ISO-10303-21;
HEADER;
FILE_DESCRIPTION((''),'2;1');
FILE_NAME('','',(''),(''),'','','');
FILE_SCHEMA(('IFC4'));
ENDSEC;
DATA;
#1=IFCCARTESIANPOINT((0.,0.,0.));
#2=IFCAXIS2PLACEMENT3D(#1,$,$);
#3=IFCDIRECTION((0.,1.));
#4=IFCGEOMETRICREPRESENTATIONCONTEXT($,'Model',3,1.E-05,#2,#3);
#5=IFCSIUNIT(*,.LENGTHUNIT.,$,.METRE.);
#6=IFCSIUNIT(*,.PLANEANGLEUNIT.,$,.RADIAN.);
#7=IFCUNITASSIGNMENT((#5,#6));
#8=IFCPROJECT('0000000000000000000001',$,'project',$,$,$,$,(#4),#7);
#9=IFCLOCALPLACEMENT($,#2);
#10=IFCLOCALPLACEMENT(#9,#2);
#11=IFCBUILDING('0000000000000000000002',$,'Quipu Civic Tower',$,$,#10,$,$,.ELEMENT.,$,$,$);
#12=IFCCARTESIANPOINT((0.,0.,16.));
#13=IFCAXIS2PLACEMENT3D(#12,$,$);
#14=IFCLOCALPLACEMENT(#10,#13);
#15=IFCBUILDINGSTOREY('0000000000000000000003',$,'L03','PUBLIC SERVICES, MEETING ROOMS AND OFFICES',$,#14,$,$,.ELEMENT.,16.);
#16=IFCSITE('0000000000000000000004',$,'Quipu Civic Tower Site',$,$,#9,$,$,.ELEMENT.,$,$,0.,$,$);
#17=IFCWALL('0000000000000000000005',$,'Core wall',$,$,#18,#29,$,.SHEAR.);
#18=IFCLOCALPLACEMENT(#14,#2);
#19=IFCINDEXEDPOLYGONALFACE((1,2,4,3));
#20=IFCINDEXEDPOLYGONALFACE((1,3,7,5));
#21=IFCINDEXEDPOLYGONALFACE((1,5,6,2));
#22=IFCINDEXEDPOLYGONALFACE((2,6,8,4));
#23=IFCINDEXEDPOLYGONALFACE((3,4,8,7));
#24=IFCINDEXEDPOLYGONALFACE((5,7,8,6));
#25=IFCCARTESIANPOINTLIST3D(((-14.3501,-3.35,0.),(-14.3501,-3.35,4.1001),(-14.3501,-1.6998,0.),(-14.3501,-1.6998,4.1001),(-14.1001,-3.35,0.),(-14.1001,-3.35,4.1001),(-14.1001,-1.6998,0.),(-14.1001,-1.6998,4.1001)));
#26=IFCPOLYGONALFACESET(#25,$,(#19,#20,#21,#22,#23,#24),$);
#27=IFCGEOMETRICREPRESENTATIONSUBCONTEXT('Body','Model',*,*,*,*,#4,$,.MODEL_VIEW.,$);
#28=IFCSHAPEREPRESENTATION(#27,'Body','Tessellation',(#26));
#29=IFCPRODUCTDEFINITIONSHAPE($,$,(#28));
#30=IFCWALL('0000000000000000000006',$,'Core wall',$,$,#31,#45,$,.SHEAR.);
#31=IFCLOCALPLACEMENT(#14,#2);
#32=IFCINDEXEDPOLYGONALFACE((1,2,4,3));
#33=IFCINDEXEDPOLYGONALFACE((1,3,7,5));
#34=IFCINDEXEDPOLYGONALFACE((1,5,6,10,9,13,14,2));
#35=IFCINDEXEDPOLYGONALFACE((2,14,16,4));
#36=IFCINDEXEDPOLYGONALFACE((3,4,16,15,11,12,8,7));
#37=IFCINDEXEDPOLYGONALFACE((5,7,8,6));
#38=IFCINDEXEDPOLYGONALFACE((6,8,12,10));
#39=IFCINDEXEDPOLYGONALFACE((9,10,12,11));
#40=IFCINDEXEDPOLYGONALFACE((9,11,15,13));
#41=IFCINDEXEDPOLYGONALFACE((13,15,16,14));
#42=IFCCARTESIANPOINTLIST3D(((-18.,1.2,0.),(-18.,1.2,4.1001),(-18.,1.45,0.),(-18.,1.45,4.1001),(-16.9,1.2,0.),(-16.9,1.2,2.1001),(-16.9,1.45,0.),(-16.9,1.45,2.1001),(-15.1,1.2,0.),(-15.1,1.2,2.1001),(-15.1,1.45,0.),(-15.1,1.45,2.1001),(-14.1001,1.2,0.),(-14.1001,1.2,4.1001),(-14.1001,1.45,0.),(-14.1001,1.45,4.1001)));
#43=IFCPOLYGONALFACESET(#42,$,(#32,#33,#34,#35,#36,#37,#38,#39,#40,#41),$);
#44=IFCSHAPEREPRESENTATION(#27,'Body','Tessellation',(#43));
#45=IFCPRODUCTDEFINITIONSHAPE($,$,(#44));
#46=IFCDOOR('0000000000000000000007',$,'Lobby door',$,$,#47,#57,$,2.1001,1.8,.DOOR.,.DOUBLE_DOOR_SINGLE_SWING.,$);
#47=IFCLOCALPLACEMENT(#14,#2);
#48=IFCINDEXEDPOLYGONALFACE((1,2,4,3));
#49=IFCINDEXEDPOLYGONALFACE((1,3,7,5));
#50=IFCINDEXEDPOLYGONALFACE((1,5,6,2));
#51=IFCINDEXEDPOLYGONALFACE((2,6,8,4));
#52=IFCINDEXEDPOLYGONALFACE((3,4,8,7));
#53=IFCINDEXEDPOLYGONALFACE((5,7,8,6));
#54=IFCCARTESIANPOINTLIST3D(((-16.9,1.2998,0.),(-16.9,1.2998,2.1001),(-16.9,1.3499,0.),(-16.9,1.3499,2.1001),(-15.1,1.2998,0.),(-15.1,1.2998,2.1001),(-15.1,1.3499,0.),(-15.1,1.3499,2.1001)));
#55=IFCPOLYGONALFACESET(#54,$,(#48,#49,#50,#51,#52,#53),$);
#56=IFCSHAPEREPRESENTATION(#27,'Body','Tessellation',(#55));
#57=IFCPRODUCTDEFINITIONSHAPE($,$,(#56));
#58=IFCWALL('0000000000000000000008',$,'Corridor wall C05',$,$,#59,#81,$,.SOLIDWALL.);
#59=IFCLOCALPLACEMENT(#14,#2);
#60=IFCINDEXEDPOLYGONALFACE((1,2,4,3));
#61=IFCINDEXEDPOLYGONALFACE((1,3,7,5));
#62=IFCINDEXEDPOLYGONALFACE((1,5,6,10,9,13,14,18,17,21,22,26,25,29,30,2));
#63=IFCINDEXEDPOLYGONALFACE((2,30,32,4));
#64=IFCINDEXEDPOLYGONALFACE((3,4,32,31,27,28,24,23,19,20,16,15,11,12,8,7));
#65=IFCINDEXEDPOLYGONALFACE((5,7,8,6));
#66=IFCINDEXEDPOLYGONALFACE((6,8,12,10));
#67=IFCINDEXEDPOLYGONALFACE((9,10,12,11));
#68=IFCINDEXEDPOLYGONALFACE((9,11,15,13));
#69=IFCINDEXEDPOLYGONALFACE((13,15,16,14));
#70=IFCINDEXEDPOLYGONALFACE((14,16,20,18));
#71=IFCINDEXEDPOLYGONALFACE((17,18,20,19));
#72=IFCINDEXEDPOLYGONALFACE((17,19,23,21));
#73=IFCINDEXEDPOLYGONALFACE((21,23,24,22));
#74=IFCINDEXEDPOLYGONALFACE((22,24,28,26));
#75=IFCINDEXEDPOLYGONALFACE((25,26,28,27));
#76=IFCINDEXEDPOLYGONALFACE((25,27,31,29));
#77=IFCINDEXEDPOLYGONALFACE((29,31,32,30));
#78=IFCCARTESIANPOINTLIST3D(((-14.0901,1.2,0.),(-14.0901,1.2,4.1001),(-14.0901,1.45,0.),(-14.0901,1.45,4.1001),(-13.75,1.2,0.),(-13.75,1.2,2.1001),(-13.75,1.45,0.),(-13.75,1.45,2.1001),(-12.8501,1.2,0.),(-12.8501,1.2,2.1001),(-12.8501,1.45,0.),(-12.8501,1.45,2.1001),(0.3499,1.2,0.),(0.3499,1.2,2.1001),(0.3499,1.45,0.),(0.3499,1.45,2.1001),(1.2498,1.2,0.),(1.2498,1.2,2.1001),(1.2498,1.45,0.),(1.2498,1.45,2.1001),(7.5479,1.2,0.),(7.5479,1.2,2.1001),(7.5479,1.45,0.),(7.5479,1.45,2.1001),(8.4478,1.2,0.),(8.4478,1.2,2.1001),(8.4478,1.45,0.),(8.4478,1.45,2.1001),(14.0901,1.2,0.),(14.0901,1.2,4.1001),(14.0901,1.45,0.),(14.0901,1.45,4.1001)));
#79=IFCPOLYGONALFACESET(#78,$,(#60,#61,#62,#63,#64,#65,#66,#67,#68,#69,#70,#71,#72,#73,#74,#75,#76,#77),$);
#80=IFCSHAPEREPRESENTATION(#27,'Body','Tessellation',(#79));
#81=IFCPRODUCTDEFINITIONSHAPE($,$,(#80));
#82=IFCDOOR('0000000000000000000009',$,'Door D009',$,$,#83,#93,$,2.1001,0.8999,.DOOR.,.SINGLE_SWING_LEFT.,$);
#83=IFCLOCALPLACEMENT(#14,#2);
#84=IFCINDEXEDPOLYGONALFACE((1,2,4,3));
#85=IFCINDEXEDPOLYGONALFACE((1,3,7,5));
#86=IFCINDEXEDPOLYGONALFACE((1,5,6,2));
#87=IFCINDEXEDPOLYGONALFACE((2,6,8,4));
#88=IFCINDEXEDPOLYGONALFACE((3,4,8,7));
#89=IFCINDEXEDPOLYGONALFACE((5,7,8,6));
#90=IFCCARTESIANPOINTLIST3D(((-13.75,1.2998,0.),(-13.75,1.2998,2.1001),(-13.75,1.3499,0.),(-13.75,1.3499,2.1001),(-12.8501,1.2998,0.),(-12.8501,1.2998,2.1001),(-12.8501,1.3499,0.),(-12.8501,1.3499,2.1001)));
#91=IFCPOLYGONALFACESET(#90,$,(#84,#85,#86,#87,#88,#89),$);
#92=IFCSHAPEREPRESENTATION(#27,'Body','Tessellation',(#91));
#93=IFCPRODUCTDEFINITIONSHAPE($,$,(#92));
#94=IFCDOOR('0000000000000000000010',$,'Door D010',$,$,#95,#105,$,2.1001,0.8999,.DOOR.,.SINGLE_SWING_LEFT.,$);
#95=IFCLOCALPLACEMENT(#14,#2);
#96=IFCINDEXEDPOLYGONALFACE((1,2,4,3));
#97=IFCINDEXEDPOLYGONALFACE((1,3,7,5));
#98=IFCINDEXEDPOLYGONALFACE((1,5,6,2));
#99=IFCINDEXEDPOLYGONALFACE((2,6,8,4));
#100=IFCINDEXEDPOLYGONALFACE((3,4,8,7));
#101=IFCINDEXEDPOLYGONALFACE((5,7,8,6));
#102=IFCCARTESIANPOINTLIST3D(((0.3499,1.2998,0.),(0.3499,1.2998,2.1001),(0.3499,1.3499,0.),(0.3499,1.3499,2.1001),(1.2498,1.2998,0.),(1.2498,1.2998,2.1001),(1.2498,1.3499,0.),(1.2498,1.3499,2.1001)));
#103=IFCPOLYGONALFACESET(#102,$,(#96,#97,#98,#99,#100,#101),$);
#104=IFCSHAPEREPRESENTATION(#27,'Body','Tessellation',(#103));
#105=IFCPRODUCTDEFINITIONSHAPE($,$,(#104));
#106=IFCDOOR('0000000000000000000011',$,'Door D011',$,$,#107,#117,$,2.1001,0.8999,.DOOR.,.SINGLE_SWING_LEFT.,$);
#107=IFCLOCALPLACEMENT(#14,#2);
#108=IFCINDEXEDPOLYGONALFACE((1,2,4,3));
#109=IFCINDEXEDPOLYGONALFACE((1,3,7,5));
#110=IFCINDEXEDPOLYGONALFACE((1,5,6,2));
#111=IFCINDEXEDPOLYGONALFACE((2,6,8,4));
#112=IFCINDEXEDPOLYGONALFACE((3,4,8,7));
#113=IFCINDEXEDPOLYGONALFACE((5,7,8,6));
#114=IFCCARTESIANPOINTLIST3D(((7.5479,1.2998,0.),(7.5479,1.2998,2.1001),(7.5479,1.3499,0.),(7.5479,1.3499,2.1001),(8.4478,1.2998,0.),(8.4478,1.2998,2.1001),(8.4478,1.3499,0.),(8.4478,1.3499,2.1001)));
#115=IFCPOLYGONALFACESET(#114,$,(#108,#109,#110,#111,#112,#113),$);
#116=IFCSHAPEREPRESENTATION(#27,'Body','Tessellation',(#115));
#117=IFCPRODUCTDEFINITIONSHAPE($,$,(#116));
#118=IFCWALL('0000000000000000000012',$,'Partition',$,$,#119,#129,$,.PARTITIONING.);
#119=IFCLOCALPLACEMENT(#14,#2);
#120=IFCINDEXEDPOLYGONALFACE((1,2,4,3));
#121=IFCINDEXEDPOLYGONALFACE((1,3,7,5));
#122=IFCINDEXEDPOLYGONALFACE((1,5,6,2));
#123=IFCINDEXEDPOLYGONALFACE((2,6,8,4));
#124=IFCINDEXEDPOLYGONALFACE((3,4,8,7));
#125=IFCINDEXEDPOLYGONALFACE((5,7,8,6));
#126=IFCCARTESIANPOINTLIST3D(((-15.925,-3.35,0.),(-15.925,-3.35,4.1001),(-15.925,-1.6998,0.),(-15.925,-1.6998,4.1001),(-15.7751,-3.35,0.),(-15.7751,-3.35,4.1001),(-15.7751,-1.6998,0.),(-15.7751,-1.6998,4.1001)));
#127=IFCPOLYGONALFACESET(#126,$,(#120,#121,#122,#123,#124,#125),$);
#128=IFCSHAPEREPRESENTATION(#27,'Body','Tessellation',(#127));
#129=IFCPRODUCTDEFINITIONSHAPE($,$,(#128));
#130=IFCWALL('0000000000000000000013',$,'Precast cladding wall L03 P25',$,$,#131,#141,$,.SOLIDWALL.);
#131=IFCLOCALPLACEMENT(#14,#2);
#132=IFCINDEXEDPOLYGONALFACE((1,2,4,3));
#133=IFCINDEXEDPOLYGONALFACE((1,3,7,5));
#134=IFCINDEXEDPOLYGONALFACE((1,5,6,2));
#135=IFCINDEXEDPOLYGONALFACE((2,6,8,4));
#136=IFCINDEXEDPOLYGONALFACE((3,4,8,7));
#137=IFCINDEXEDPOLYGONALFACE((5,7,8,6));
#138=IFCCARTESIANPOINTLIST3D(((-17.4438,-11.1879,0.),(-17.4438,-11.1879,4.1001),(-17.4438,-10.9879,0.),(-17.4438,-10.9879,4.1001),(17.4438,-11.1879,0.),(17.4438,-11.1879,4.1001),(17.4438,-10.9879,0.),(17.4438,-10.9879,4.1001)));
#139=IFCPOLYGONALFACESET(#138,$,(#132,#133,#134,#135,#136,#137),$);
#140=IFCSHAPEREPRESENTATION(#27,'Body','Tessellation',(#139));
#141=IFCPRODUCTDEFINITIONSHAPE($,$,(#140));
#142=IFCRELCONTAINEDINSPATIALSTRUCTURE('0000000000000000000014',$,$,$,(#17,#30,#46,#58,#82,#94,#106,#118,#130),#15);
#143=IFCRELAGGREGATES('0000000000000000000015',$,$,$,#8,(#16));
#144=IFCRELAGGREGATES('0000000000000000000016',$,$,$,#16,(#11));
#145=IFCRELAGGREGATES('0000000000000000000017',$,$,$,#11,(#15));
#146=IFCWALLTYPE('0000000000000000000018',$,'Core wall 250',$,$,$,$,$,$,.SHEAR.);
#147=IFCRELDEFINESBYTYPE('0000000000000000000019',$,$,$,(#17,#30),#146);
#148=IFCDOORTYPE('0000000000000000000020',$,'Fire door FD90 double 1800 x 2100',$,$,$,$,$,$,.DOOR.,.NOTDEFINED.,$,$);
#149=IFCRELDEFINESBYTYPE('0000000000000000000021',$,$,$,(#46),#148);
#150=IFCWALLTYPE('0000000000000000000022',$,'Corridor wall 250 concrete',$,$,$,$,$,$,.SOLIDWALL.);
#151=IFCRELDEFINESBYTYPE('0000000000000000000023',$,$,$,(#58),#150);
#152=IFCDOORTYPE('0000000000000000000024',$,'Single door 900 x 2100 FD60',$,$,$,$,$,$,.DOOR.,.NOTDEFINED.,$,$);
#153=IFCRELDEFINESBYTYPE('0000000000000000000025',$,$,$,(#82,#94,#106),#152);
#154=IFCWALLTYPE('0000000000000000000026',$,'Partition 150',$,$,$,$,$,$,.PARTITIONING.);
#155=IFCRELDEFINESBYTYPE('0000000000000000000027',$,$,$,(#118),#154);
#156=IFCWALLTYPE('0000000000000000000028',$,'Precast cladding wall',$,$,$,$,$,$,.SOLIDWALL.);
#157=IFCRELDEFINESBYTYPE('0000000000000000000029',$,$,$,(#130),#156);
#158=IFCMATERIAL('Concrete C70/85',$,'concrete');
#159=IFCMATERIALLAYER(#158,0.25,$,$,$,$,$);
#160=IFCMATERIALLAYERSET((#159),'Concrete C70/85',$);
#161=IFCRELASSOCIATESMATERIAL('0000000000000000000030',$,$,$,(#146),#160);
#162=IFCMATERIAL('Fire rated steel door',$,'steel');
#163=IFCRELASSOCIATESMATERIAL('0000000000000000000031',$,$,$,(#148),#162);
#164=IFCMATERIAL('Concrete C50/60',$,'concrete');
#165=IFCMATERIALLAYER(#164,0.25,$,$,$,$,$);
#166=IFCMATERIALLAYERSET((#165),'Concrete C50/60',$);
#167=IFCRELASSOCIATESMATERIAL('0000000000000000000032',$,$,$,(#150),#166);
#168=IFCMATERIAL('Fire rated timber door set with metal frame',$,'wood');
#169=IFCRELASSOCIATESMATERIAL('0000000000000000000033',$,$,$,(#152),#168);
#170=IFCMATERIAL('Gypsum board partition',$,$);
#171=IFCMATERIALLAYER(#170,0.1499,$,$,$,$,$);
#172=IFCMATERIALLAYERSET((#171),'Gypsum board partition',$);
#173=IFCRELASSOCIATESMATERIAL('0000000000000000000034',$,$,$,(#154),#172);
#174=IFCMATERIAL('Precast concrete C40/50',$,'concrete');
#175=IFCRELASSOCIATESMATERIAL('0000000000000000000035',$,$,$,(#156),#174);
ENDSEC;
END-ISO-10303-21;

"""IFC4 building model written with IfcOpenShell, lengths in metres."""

from ifc_helpers import new_model, si_unit, direction, frame, frame_2d, origin, place, context, subcontext, project, spatial, rectangle, extrude, material, layer, layer_set, type_object, element, fill, save


model = new_model("IFC4")

# Units and contexts
model_context = context("Model", 3, precision=1e-05, world=origin(), true_north=direction((0.0, 1.0)))
body_context = subcontext(model_context, "Body", "Model", "MODEL_VIEW")
ifc_project = project(units=[si_unit("LENGTHUNIT", "METRE"), si_unit("PLANEANGLEUNIT", "RADIAN")], contexts=[model_context])

# Site, building, storey
site_placement = place(None, origin())
site = spatial("IfcSite", under=ifc_project, at=site_placement, Name="Quipu Civic Tower Site", CompositionType="ELEMENT", RefElevation=0.0)
building_placement = place(site_placement, origin())
building = spatial("IfcBuilding", under=site, at=building_placement, Name="Quipu Civic Tower", CompositionType="ELEMENT")
storey_placement = place(building_placement, frame((0.0, 0.0, 16.0)))
storey = spatial("IfcBuildingStorey", under=building, at=storey_placement, Name="L03", Description="PUBLIC SERVICES, MEETING ROOMS AND OFFICES", CompositionType="ELEMENT", Elevation=16.0)

# Shared definitions
ifc_material_1 = material(Name="Concrete C70/85", Category="concrete")
ifc_layer_1 = layer(ifc_material_1, 0.25)
ifc_layer_set_1 = layer_set([ifc_layer_1], Name="Concrete C70/85")
wall_type_1 = type_object("IfcWallType", Name="Core wall 250", PredefinedType="SHEAR", material=ifc_layer_set_1)

# Wall
wall_1_placement = place(storey_placement, frame((-14.2251, -3.3501, 0.0), z_axis=(0.0, 0.0, 1.0), x_axis=(0.0, 1.0, 0.0)))
element("IfcWall", 1, at=wall_1_placement, inside=storey, type_object=wall_type_1, Name="Core wall", PredefinedType="SHEAR", context=body_context, shape_type="SweptSolid", body=[
    extrude(rectangle(XDim=1.6501, YDim=0.25, at=frame_2d((0.8252, 0.0))), origin(), (0.0, 0.0, 1.0), 4.1001),
])

# Wall, opening, door
wall_2_placement = place(storey_placement, frame((-18.0, 1.325, 0.0), z_axis=(0.0, 0.0, 1.0), x_axis=(1.0, 0.0, 0.0)))
wall_2 = element("IfcWall", 2, at=wall_2_placement, inside=storey, type_object=wall_type_1, Name="Core wall", PredefinedType="SHEAR", context=body_context, shape_type="SweptSolid", body=[
    extrude(rectangle(XDim=3.8999, YDim=0.25, at=frame_2d((1.95, 0.0))), origin(), (0.0, 0.0, 1.0), 4.1001),
])
opening_1_placement = place(wall_2_placement, frame((1.1001, 0.0, 0.0)))
opening_1 = element("IfcOpeningElement", 3, at=opening_1_placement, cuts=wall_2, PredefinedType="OPENING", context=body_context, shape_type="SweptSolid", body=[
    extrude(rectangle(XDim=1.8, YDim=2.1001, at=frame_2d((0.8999, 1.05))), frame((0.0, 0.135, 0.0), z_axis=(0.0, -1.0, 0.0), x_axis=(1.0, 0.0, 0.0)), (0.0, 0.0, 1.0), 0.27),
])
ifc_material_2 = material(Name="Fire rated steel door", Category="steel")
door_type_1 = type_object("IfcDoorType", Name="Fire door FD90 double 1800 x 2100", OperationType="NOTDEFINED", PredefinedType="DOOR", material=ifc_material_2)
door_1_placement = place(opening_1_placement, origin())
door_1 = element("IfcDoor", 4, at=door_1_placement, inside=storey, type_object=door_type_1, Name="Lobby door", OperationType="DOUBLE_DOOR_SINGLE_SWING", OverallHeight=2.1001, OverallWidth=1.8, PredefinedType="DOOR", context=body_context, shape_type="SweptSolid", body=[
    extrude(rectangle(XDim=1.8, YDim=2.1001, at=frame_2d((0.8999, 1.05))), frame((0.0, 0.0249, 0.0), z_axis=(0.0, -1.0, 0.0), x_axis=(1.0, 0.0, 0.0)), (0.0, 0.0, 1.0), 0.05),
])
fill(opening_1, door_1)

# Wall, openings, doors
ifc_material_3 = material(Name="Concrete C50/60", Category="concrete")
ifc_layer_2 = layer(ifc_material_3, 0.25)
ifc_layer_set_2 = layer_set([ifc_layer_2], Name="Concrete C50/60")
wall_type_2 = type_object("IfcWallType", Name="Corridor wall 250 concrete", PredefinedType="SOLIDWALL", material=ifc_layer_set_2)
wall_3_placement = place(storey_placement, frame((-14.0901, 1.325, 0.0), z_axis=(0.0, 0.0, 1.0), x_axis=(1.0, 0.0, 0.0)))
wall_3 = element("IfcWall", 5, at=wall_3_placement, inside=storey, type_object=wall_type_2, Name="Corridor wall C05", PredefinedType="SOLIDWALL", context=body_context, shape_type="SweptSolid", body=[
    extrude(rectangle(XDim=28.1802, YDim=0.25, at=frame_2d((14.0901, 0.0))), origin(), (0.0, 0.0, 1.0), 4.1001),
])
opening_2_placement = place(wall_3_placement, frame((0.3401, 0.0, 0.0)))
opening_2 = element("IfcOpeningElement", 6, at=opening_2_placement, cuts=wall_3, PredefinedType="OPENING", context=body_context, shape_type="SweptSolid", body=[
    extrude(rectangle(XDim=0.8999, YDim=2.1001, at=frame_2d((0.45, 1.05))), frame((0.0, 0.135, 0.0), z_axis=(0.0, -1.0, 0.0), x_axis=(1.0, 0.0, 0.0)), (0.0, 0.0, 1.0), 0.27),
])
opening_3_placement = place(wall_3_placement, frame((14.4399, 0.0, 0.0)))
opening_3 = element("IfcOpeningElement", 7, at=opening_3_placement, cuts=wall_3, PredefinedType="OPENING", context=body_context, shape_type="SweptSolid", body=[
    extrude(rectangle(XDim=0.8999, YDim=2.1001, at=frame_2d((0.45, 1.05))), frame((0.0, 0.135, 0.0), z_axis=(0.0, -1.0, 0.0), x_axis=(1.0, 0.0, 0.0)), (0.0, 0.0, 1.0), 0.27),
])
opening_4_placement = place(wall_3_placement, frame((21.6379, 0.0, 0.0)))
opening_4 = element("IfcOpeningElement", 8, at=opening_4_placement, cuts=wall_3, PredefinedType="OPENING", context=body_context, shape_type="SweptSolid", body=[
    extrude(rectangle(XDim=0.8999, YDim=2.1001, at=frame_2d((0.45, 1.05))), frame((0.0, 0.135, 0.0), z_axis=(0.0, -1.0, 0.0), x_axis=(1.0, 0.0, 0.0)), (0.0, 0.0, 1.0), 0.27),
])
ifc_material_4 = material(Name="Fire rated timber door set with metal frame", Category="wood")
door_type_2 = type_object("IfcDoorType", Name="Single door 900 x 2100 FD60", OperationType="NOTDEFINED", PredefinedType="DOOR", material=ifc_material_4)
door_2_placement = place(opening_2_placement, origin())
door_2 = element("IfcDoor", 9, at=door_2_placement, inside=storey, type_object=door_type_2, Name="Door D009", OperationType="SINGLE_SWING_LEFT", OverallHeight=2.1001, OverallWidth=0.8999, PredefinedType="DOOR", context=body_context, shape_type="SweptSolid", body=[
    extrude(rectangle(XDim=0.8999, YDim=2.1001, at=frame_2d((0.45, 1.05))), frame((0.0, 0.0249, 0.0), z_axis=(0.0, -1.0, 0.0), x_axis=(1.0, 0.0, 0.0)), (0.0, 0.0, 1.0), 0.05),
])
fill(opening_2, door_2)
door_3_placement = place(opening_3_placement, origin())
door_3 = element("IfcDoor", 10, at=door_3_placement, inside=storey, type_object=door_type_2, Name="Door D010", OperationType="SINGLE_SWING_LEFT", OverallHeight=2.1001, OverallWidth=0.8999, PredefinedType="DOOR", context=body_context, shape_type="SweptSolid", body=[
    extrude(rectangle(XDim=0.8999, YDim=2.1001, at=frame_2d((0.45, 1.05))), frame((0.0, 0.0249, 0.0), z_axis=(0.0, -1.0, 0.0), x_axis=(1.0, 0.0, 0.0)), (0.0, 0.0, 1.0), 0.05),
])
fill(opening_3, door_3)
door_4_placement = place(opening_4_placement, origin())
door_4 = element("IfcDoor", 11, at=door_4_placement, inside=storey, type_object=door_type_2, Name="Door D011", OperationType="SINGLE_SWING_LEFT", OverallHeight=2.1001, OverallWidth=0.8999, PredefinedType="DOOR", context=body_context, shape_type="SweptSolid", body=[
    extrude(rectangle(XDim=0.8999, YDim=2.1001, at=frame_2d((0.45, 1.05))), frame((0.0, 0.0249, 0.0), z_axis=(0.0, -1.0, 0.0), x_axis=(1.0, 0.0, 0.0)), (0.0, 0.0, 1.0), 0.05),
])
fill(opening_4, door_4)

# Walls
ifc_material_5 = material(Name="Gypsum board partition")
ifc_layer_3 = layer(ifc_material_5, 0.1499)
ifc_layer_set_3 = layer_set([ifc_layer_3], Name="Gypsum board partition")
wall_type_3 = type_object("IfcWallType", Name="Partition 150", PredefinedType="PARTITIONING", material=ifc_layer_set_3)
wall_4_placement = place(storey_placement, frame((-15.8501, -3.3501, 0.0), z_axis=(0.0, 0.0, 1.0), x_axis=(0.0, 1.0, 0.0)))
element("IfcWall", 12, at=wall_4_placement, inside=storey, type_object=wall_type_3, Name="Partition", PredefinedType="PARTITIONING", context=body_context, shape_type="SweptSolid", body=[
    extrude(rectangle(XDim=1.6501, YDim=0.1499, at=frame_2d((0.8252, 0.0))), origin(), (0.0, 0.0, 1.0), 4.1001),
])
ifc_material_6 = material(Name="Precast concrete C40/50", Category="concrete")
wall_type_4 = type_object("IfcWallType", Name="Precast cladding wall", PredefinedType="SOLIDWALL", material=ifc_material_6)
wall_5_placement = place(storey_placement, frame((-17.4438, -11.0879, 0.0), z_axis=(0.0, 0.0, 1.0), x_axis=(1.0, 0.0, 0.0)))
element("IfcWall", 13, at=wall_5_placement, inside=storey, type_object=wall_type_4, Name="Precast cladding wall L03 P25", PredefinedType="SOLIDWALL", context=body_context, shape_type="SweptSolid", body=[
    extrude(rectangle(XDim=34.8877, YDim=0.2, at=frame_2d((17.4438, 0.0))), origin(), (0.0, 0.0, 1.0), 4.1001),
])

save(model, "model.ifc")
